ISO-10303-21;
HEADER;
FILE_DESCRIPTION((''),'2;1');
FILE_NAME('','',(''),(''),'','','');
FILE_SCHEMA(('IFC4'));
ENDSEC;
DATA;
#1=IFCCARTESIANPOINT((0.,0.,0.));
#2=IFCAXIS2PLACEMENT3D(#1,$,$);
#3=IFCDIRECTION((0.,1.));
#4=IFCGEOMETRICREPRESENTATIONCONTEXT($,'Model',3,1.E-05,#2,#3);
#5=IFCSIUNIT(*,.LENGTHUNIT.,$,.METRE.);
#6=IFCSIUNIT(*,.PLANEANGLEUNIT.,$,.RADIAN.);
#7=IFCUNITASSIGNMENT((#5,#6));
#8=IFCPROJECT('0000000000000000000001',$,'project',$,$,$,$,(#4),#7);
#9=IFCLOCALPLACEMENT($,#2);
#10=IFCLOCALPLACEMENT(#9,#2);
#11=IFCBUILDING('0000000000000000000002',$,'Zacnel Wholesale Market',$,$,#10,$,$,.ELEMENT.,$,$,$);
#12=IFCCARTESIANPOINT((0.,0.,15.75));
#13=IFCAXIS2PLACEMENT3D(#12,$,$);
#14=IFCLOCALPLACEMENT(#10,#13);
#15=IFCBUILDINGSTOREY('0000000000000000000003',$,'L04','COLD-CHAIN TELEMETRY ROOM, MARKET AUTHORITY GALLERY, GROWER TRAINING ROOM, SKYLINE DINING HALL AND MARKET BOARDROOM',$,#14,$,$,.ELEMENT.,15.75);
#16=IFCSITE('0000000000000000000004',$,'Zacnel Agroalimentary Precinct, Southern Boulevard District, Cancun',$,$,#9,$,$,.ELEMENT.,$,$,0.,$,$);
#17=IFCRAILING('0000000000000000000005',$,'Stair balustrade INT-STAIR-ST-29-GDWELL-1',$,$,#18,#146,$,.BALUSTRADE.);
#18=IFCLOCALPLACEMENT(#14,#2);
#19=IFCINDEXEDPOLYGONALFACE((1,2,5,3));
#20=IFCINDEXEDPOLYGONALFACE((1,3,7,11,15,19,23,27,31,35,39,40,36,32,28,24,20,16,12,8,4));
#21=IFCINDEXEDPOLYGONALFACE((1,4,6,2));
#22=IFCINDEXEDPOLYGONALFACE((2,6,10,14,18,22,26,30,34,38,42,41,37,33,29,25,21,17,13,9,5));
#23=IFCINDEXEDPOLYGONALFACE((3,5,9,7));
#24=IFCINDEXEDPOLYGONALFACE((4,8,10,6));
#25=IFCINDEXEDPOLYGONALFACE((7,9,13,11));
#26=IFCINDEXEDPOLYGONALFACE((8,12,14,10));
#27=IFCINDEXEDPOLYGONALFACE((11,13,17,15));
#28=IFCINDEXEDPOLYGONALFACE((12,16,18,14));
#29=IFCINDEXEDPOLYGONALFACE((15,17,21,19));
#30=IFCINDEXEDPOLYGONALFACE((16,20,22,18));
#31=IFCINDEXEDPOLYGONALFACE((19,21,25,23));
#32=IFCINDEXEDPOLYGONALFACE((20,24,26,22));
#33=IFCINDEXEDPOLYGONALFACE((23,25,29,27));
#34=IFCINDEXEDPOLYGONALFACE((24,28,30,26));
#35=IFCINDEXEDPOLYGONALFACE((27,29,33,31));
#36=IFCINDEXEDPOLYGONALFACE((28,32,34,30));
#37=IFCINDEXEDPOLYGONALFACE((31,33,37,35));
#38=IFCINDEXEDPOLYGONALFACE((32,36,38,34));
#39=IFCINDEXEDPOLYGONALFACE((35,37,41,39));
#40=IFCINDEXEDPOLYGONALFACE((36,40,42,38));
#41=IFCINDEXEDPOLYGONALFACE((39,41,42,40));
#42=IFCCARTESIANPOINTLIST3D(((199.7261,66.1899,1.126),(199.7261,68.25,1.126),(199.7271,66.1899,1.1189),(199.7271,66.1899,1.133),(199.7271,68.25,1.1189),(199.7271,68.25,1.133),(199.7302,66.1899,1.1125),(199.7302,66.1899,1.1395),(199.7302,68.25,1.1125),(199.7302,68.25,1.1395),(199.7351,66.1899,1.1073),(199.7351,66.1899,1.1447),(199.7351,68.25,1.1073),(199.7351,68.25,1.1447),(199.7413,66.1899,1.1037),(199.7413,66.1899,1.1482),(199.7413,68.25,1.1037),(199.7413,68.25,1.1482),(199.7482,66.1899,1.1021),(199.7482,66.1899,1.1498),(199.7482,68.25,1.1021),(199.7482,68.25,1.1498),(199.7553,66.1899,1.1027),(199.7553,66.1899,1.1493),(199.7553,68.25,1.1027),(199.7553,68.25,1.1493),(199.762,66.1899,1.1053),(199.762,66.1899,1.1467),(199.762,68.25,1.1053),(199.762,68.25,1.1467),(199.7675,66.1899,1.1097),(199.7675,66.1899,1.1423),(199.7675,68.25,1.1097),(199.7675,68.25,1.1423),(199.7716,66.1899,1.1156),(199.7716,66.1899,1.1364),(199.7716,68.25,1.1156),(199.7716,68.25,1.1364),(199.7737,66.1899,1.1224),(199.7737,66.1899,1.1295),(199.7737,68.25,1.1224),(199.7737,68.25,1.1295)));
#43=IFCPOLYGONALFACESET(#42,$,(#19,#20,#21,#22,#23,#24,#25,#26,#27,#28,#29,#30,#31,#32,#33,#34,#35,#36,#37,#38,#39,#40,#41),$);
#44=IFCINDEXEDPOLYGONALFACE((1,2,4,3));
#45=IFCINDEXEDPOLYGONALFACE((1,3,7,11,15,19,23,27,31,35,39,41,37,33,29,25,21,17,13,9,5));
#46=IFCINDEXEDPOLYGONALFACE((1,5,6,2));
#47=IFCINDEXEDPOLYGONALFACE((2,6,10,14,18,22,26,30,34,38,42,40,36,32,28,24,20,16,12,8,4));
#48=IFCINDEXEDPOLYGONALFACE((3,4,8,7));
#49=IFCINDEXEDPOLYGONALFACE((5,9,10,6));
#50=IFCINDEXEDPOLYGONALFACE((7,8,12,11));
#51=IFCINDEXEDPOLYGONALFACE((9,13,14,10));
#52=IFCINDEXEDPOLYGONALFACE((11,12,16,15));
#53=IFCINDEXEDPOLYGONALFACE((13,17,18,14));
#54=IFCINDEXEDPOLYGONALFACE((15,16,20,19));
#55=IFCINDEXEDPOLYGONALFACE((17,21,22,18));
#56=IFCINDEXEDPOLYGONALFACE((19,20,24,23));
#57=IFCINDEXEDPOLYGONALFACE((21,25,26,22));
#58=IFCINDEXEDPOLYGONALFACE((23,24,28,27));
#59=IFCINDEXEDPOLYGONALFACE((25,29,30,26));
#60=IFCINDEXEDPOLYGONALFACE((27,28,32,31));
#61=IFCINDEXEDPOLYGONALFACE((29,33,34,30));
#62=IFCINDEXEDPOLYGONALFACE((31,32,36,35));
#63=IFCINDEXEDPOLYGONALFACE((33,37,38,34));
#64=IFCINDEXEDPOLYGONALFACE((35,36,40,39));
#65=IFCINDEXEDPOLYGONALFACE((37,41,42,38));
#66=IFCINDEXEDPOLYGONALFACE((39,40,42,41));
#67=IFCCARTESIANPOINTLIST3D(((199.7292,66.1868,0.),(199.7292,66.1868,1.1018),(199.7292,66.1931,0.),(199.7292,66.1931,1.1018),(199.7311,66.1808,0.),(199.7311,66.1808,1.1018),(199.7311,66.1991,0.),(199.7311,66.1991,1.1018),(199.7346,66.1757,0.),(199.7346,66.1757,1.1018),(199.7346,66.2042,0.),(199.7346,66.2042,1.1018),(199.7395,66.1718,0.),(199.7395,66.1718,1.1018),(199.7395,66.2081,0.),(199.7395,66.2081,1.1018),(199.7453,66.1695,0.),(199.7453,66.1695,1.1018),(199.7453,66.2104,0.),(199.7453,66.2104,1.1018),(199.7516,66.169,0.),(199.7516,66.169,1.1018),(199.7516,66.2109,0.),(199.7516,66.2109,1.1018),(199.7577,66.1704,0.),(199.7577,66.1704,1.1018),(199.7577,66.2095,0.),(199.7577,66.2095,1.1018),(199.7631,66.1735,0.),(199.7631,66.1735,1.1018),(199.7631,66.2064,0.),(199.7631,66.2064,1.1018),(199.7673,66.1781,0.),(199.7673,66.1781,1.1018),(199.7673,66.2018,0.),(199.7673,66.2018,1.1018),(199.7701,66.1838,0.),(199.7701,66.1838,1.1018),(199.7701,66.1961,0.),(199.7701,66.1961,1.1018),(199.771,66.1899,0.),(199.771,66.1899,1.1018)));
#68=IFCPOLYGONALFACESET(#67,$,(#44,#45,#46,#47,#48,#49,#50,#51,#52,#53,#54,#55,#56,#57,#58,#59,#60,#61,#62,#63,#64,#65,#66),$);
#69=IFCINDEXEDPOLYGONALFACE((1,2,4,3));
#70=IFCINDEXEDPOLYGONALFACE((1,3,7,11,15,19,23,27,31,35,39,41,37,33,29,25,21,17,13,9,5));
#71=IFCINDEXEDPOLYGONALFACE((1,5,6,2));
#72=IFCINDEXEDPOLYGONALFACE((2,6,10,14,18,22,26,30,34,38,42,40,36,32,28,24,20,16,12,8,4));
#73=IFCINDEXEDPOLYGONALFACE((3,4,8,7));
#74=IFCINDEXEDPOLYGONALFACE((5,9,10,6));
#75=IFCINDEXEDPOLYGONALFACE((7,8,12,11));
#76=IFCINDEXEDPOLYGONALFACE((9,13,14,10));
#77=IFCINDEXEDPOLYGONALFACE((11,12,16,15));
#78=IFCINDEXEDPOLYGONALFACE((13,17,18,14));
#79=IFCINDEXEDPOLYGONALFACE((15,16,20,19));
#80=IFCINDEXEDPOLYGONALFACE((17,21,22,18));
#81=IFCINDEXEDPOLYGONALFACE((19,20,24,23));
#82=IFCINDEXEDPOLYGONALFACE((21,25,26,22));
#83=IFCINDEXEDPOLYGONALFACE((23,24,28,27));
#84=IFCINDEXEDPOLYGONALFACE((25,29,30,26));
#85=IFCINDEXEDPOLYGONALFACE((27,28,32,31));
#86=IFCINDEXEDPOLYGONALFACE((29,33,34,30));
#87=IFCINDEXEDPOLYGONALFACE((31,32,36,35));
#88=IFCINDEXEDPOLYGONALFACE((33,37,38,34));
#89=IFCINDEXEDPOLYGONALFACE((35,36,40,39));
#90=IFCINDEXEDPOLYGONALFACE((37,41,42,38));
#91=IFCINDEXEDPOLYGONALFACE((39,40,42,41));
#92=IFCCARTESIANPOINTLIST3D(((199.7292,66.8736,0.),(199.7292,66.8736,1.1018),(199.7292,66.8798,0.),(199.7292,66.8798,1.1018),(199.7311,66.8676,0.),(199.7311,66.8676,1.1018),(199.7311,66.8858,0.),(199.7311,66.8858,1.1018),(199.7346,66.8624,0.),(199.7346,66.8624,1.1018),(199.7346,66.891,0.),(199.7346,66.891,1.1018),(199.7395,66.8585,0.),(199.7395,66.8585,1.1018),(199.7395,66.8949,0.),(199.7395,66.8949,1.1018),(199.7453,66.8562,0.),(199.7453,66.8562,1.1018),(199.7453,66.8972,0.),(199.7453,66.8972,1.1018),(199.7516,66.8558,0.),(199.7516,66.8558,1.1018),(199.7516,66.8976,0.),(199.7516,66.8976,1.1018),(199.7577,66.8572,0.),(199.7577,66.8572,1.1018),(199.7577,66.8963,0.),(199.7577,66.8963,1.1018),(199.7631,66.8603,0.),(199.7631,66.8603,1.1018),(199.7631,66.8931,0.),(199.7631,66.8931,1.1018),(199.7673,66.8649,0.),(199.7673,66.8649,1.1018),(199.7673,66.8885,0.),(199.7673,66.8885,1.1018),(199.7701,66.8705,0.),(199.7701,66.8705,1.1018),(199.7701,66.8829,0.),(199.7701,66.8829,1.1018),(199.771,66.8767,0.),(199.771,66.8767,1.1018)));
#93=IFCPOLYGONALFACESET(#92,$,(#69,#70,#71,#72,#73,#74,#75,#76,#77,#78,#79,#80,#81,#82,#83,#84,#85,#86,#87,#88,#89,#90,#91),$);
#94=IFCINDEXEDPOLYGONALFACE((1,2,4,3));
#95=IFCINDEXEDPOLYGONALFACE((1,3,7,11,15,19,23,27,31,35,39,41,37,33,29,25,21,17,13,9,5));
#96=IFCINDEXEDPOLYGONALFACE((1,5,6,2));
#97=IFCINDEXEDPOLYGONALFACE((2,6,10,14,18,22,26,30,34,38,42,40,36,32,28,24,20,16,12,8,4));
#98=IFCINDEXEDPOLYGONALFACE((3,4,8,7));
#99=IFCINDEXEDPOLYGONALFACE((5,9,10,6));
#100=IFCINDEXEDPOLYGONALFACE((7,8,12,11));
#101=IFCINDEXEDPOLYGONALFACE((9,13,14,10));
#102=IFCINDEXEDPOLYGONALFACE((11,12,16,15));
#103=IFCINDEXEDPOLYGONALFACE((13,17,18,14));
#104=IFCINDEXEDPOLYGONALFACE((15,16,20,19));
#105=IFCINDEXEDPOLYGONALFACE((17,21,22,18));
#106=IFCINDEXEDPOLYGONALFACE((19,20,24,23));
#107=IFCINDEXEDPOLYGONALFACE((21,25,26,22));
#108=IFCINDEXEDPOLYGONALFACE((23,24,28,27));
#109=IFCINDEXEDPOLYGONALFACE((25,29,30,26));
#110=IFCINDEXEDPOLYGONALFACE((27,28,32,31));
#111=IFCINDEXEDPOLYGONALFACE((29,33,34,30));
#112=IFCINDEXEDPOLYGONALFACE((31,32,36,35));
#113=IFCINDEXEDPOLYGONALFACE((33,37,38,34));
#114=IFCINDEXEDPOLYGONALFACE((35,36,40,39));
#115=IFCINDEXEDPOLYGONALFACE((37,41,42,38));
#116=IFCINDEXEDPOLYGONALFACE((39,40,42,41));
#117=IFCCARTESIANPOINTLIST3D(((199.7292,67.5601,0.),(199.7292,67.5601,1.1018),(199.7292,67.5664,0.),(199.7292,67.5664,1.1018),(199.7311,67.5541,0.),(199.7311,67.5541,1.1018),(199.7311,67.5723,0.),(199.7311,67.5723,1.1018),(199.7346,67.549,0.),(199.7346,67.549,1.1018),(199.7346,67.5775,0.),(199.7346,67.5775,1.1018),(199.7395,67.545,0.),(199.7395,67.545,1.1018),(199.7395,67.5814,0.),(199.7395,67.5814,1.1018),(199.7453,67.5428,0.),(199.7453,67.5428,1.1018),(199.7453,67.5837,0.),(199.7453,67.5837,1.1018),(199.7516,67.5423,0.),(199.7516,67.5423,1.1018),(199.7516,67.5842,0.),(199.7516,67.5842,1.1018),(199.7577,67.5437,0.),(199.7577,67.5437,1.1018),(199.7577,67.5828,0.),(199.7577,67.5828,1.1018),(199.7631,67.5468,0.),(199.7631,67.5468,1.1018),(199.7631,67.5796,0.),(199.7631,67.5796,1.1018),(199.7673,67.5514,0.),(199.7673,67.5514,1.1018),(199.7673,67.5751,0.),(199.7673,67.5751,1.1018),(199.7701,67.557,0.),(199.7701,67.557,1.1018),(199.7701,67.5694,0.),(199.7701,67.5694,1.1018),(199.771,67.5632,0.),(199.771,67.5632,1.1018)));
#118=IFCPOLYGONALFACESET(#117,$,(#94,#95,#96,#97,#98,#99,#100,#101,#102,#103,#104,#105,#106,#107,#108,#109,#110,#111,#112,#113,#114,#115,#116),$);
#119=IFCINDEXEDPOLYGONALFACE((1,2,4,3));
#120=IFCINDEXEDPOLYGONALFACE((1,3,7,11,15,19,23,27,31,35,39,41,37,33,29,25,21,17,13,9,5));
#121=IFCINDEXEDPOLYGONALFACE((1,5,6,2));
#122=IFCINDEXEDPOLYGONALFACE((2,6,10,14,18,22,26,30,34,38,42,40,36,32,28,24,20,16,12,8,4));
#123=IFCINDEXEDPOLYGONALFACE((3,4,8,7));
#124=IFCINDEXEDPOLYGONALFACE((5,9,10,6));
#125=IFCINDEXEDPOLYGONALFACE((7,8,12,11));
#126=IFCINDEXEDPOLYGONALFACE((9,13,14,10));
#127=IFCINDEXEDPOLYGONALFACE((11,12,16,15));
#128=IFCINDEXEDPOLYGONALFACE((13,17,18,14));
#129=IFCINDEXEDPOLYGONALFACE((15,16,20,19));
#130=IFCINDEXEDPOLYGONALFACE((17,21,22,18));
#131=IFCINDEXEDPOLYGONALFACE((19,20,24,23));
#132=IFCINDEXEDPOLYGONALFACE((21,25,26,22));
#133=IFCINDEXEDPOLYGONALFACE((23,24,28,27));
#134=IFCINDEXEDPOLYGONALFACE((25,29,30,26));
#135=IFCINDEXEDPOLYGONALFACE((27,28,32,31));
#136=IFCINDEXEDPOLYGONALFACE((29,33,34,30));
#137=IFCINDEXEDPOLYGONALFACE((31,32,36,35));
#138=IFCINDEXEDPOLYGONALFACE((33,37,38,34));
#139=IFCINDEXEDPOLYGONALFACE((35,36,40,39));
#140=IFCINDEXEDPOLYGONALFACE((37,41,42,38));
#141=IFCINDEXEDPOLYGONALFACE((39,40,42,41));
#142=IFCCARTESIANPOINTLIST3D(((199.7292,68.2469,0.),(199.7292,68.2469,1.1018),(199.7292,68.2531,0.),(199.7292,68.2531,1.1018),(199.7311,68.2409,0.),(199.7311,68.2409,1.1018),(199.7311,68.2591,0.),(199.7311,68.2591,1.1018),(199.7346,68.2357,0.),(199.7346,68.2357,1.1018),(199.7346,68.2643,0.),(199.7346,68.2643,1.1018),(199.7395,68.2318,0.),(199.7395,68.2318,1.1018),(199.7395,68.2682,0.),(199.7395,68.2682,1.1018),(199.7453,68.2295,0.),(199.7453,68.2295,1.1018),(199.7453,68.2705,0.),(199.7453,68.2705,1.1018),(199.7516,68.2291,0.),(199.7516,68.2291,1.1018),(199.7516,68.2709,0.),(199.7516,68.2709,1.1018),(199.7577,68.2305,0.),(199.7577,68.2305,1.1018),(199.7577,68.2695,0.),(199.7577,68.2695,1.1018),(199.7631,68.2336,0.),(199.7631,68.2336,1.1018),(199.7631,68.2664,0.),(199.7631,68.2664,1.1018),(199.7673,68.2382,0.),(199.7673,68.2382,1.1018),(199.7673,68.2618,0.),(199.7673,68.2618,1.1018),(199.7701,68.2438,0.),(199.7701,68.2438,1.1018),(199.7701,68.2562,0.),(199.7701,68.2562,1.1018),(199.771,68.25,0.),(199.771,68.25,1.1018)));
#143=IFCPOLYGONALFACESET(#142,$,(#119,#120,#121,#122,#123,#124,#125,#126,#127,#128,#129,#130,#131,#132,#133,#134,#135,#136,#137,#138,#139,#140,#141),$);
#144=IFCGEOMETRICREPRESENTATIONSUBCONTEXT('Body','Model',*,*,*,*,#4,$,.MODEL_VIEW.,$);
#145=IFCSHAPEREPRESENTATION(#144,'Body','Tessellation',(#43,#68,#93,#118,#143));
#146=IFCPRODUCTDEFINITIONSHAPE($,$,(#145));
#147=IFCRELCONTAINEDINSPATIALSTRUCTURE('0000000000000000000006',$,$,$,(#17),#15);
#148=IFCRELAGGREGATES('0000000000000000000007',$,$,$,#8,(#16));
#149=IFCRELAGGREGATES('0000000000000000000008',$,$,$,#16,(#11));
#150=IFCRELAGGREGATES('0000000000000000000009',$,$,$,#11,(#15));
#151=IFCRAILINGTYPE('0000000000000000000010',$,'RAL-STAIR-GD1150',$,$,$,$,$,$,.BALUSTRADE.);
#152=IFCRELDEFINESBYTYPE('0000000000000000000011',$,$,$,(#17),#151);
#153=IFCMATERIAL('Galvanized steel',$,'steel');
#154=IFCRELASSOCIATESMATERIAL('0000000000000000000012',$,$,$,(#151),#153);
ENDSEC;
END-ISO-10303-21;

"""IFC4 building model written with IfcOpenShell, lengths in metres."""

from ifc_helpers import new_model, si_unit, direction, frame, origin, origin_2d, place, context, subcontext, project, spatial, circle, extrude, material, type_object, element, save


model = new_model("IFC4")

# Units and contexts
model_context = context("Model", 3, precision=1e-05, world=origin(), true_north=direction((0.0, 1.0)))
body_context = subcontext(model_context, "Body", "Model", "MODEL_VIEW")
ifc_project = project(units=[si_unit("LENGTHUNIT", "METRE"), si_unit("PLANEANGLEUNIT", "RADIAN")], contexts=[model_context])

# Site, building, storey
site_placement = place(None, origin())
site = spatial("IfcSite", under=ifc_project, at=site_placement, Name="Zacnel Agroalimentary Precinct, Southern Boulevard District, Cancun", CompositionType="ELEMENT", RefElevation=0.0)
building_placement = place(site_placement, origin())
building = spatial("IfcBuilding", under=site, at=building_placement, Name="Zacnel Wholesale Market", CompositionType="ELEMENT")
storey_placement = place(building_placement, frame((0.0, 0.0, 15.75)))
storey = spatial("IfcBuildingStorey", under=building, at=storey_placement, Name="L04", Description="COLD-CHAIN TELEMETRY ROOM, MARKET AUTHORITY GALLERY, GROWER TRAINING ROOM, SKYLINE DINING HALL AND MARKET BOARDROOM", CompositionType="ELEMENT", Elevation=15.75)

# Railing
ifc_material_1 = material(Name="Galvanized steel", Category="steel")
railing_type = type_object("IfcRailingType", Name="RAL-STAIR-GD1150", PredefinedType="BALUSTRADE", material=ifc_material_1)
railing_placement = place(storey_placement, frame((199.75, 66.1899, 0.0)))
element("IfcRailing", 1, at=railing_placement, inside=storey, type_object=railing_type, Name="Stair balustrade INT-STAIR-ST-29-GDWELL-1", PredefinedType="BALUSTRADE", context=body_context, shape_type="SweptSolid", body=[
    extrude(circle(Radius=0.0239, at=origin_2d()), frame((0.0, 0.0, 1.126), z_axis=(0.0, 1.0, 0.0), x_axis=(-1.0, 0.0, 0.0)), (0.0, 0.0, 1.0), 2.0601),
    extrude(circle(Radius=0.021, at=origin_2d()), origin(), (0.0, 0.0, 1.0), 1.1018),
    extrude(circle(Radius=0.021, at=origin_2d()), frame((0.0, 0.6868, 0.0)), (0.0, 0.0, 1.0), 1.1018),
    extrude(circle(Radius=0.021, at=origin_2d()), frame((0.0, 1.3733, 0.0)), (0.0, 0.0, 1.0), 1.1018),
    extrude(circle(Radius=0.021, at=origin_2d()), frame((0.0, 2.0601, 0.0)), (0.0, 0.0, 1.0), 1.1018),
])

save(model, "model.ifc")
